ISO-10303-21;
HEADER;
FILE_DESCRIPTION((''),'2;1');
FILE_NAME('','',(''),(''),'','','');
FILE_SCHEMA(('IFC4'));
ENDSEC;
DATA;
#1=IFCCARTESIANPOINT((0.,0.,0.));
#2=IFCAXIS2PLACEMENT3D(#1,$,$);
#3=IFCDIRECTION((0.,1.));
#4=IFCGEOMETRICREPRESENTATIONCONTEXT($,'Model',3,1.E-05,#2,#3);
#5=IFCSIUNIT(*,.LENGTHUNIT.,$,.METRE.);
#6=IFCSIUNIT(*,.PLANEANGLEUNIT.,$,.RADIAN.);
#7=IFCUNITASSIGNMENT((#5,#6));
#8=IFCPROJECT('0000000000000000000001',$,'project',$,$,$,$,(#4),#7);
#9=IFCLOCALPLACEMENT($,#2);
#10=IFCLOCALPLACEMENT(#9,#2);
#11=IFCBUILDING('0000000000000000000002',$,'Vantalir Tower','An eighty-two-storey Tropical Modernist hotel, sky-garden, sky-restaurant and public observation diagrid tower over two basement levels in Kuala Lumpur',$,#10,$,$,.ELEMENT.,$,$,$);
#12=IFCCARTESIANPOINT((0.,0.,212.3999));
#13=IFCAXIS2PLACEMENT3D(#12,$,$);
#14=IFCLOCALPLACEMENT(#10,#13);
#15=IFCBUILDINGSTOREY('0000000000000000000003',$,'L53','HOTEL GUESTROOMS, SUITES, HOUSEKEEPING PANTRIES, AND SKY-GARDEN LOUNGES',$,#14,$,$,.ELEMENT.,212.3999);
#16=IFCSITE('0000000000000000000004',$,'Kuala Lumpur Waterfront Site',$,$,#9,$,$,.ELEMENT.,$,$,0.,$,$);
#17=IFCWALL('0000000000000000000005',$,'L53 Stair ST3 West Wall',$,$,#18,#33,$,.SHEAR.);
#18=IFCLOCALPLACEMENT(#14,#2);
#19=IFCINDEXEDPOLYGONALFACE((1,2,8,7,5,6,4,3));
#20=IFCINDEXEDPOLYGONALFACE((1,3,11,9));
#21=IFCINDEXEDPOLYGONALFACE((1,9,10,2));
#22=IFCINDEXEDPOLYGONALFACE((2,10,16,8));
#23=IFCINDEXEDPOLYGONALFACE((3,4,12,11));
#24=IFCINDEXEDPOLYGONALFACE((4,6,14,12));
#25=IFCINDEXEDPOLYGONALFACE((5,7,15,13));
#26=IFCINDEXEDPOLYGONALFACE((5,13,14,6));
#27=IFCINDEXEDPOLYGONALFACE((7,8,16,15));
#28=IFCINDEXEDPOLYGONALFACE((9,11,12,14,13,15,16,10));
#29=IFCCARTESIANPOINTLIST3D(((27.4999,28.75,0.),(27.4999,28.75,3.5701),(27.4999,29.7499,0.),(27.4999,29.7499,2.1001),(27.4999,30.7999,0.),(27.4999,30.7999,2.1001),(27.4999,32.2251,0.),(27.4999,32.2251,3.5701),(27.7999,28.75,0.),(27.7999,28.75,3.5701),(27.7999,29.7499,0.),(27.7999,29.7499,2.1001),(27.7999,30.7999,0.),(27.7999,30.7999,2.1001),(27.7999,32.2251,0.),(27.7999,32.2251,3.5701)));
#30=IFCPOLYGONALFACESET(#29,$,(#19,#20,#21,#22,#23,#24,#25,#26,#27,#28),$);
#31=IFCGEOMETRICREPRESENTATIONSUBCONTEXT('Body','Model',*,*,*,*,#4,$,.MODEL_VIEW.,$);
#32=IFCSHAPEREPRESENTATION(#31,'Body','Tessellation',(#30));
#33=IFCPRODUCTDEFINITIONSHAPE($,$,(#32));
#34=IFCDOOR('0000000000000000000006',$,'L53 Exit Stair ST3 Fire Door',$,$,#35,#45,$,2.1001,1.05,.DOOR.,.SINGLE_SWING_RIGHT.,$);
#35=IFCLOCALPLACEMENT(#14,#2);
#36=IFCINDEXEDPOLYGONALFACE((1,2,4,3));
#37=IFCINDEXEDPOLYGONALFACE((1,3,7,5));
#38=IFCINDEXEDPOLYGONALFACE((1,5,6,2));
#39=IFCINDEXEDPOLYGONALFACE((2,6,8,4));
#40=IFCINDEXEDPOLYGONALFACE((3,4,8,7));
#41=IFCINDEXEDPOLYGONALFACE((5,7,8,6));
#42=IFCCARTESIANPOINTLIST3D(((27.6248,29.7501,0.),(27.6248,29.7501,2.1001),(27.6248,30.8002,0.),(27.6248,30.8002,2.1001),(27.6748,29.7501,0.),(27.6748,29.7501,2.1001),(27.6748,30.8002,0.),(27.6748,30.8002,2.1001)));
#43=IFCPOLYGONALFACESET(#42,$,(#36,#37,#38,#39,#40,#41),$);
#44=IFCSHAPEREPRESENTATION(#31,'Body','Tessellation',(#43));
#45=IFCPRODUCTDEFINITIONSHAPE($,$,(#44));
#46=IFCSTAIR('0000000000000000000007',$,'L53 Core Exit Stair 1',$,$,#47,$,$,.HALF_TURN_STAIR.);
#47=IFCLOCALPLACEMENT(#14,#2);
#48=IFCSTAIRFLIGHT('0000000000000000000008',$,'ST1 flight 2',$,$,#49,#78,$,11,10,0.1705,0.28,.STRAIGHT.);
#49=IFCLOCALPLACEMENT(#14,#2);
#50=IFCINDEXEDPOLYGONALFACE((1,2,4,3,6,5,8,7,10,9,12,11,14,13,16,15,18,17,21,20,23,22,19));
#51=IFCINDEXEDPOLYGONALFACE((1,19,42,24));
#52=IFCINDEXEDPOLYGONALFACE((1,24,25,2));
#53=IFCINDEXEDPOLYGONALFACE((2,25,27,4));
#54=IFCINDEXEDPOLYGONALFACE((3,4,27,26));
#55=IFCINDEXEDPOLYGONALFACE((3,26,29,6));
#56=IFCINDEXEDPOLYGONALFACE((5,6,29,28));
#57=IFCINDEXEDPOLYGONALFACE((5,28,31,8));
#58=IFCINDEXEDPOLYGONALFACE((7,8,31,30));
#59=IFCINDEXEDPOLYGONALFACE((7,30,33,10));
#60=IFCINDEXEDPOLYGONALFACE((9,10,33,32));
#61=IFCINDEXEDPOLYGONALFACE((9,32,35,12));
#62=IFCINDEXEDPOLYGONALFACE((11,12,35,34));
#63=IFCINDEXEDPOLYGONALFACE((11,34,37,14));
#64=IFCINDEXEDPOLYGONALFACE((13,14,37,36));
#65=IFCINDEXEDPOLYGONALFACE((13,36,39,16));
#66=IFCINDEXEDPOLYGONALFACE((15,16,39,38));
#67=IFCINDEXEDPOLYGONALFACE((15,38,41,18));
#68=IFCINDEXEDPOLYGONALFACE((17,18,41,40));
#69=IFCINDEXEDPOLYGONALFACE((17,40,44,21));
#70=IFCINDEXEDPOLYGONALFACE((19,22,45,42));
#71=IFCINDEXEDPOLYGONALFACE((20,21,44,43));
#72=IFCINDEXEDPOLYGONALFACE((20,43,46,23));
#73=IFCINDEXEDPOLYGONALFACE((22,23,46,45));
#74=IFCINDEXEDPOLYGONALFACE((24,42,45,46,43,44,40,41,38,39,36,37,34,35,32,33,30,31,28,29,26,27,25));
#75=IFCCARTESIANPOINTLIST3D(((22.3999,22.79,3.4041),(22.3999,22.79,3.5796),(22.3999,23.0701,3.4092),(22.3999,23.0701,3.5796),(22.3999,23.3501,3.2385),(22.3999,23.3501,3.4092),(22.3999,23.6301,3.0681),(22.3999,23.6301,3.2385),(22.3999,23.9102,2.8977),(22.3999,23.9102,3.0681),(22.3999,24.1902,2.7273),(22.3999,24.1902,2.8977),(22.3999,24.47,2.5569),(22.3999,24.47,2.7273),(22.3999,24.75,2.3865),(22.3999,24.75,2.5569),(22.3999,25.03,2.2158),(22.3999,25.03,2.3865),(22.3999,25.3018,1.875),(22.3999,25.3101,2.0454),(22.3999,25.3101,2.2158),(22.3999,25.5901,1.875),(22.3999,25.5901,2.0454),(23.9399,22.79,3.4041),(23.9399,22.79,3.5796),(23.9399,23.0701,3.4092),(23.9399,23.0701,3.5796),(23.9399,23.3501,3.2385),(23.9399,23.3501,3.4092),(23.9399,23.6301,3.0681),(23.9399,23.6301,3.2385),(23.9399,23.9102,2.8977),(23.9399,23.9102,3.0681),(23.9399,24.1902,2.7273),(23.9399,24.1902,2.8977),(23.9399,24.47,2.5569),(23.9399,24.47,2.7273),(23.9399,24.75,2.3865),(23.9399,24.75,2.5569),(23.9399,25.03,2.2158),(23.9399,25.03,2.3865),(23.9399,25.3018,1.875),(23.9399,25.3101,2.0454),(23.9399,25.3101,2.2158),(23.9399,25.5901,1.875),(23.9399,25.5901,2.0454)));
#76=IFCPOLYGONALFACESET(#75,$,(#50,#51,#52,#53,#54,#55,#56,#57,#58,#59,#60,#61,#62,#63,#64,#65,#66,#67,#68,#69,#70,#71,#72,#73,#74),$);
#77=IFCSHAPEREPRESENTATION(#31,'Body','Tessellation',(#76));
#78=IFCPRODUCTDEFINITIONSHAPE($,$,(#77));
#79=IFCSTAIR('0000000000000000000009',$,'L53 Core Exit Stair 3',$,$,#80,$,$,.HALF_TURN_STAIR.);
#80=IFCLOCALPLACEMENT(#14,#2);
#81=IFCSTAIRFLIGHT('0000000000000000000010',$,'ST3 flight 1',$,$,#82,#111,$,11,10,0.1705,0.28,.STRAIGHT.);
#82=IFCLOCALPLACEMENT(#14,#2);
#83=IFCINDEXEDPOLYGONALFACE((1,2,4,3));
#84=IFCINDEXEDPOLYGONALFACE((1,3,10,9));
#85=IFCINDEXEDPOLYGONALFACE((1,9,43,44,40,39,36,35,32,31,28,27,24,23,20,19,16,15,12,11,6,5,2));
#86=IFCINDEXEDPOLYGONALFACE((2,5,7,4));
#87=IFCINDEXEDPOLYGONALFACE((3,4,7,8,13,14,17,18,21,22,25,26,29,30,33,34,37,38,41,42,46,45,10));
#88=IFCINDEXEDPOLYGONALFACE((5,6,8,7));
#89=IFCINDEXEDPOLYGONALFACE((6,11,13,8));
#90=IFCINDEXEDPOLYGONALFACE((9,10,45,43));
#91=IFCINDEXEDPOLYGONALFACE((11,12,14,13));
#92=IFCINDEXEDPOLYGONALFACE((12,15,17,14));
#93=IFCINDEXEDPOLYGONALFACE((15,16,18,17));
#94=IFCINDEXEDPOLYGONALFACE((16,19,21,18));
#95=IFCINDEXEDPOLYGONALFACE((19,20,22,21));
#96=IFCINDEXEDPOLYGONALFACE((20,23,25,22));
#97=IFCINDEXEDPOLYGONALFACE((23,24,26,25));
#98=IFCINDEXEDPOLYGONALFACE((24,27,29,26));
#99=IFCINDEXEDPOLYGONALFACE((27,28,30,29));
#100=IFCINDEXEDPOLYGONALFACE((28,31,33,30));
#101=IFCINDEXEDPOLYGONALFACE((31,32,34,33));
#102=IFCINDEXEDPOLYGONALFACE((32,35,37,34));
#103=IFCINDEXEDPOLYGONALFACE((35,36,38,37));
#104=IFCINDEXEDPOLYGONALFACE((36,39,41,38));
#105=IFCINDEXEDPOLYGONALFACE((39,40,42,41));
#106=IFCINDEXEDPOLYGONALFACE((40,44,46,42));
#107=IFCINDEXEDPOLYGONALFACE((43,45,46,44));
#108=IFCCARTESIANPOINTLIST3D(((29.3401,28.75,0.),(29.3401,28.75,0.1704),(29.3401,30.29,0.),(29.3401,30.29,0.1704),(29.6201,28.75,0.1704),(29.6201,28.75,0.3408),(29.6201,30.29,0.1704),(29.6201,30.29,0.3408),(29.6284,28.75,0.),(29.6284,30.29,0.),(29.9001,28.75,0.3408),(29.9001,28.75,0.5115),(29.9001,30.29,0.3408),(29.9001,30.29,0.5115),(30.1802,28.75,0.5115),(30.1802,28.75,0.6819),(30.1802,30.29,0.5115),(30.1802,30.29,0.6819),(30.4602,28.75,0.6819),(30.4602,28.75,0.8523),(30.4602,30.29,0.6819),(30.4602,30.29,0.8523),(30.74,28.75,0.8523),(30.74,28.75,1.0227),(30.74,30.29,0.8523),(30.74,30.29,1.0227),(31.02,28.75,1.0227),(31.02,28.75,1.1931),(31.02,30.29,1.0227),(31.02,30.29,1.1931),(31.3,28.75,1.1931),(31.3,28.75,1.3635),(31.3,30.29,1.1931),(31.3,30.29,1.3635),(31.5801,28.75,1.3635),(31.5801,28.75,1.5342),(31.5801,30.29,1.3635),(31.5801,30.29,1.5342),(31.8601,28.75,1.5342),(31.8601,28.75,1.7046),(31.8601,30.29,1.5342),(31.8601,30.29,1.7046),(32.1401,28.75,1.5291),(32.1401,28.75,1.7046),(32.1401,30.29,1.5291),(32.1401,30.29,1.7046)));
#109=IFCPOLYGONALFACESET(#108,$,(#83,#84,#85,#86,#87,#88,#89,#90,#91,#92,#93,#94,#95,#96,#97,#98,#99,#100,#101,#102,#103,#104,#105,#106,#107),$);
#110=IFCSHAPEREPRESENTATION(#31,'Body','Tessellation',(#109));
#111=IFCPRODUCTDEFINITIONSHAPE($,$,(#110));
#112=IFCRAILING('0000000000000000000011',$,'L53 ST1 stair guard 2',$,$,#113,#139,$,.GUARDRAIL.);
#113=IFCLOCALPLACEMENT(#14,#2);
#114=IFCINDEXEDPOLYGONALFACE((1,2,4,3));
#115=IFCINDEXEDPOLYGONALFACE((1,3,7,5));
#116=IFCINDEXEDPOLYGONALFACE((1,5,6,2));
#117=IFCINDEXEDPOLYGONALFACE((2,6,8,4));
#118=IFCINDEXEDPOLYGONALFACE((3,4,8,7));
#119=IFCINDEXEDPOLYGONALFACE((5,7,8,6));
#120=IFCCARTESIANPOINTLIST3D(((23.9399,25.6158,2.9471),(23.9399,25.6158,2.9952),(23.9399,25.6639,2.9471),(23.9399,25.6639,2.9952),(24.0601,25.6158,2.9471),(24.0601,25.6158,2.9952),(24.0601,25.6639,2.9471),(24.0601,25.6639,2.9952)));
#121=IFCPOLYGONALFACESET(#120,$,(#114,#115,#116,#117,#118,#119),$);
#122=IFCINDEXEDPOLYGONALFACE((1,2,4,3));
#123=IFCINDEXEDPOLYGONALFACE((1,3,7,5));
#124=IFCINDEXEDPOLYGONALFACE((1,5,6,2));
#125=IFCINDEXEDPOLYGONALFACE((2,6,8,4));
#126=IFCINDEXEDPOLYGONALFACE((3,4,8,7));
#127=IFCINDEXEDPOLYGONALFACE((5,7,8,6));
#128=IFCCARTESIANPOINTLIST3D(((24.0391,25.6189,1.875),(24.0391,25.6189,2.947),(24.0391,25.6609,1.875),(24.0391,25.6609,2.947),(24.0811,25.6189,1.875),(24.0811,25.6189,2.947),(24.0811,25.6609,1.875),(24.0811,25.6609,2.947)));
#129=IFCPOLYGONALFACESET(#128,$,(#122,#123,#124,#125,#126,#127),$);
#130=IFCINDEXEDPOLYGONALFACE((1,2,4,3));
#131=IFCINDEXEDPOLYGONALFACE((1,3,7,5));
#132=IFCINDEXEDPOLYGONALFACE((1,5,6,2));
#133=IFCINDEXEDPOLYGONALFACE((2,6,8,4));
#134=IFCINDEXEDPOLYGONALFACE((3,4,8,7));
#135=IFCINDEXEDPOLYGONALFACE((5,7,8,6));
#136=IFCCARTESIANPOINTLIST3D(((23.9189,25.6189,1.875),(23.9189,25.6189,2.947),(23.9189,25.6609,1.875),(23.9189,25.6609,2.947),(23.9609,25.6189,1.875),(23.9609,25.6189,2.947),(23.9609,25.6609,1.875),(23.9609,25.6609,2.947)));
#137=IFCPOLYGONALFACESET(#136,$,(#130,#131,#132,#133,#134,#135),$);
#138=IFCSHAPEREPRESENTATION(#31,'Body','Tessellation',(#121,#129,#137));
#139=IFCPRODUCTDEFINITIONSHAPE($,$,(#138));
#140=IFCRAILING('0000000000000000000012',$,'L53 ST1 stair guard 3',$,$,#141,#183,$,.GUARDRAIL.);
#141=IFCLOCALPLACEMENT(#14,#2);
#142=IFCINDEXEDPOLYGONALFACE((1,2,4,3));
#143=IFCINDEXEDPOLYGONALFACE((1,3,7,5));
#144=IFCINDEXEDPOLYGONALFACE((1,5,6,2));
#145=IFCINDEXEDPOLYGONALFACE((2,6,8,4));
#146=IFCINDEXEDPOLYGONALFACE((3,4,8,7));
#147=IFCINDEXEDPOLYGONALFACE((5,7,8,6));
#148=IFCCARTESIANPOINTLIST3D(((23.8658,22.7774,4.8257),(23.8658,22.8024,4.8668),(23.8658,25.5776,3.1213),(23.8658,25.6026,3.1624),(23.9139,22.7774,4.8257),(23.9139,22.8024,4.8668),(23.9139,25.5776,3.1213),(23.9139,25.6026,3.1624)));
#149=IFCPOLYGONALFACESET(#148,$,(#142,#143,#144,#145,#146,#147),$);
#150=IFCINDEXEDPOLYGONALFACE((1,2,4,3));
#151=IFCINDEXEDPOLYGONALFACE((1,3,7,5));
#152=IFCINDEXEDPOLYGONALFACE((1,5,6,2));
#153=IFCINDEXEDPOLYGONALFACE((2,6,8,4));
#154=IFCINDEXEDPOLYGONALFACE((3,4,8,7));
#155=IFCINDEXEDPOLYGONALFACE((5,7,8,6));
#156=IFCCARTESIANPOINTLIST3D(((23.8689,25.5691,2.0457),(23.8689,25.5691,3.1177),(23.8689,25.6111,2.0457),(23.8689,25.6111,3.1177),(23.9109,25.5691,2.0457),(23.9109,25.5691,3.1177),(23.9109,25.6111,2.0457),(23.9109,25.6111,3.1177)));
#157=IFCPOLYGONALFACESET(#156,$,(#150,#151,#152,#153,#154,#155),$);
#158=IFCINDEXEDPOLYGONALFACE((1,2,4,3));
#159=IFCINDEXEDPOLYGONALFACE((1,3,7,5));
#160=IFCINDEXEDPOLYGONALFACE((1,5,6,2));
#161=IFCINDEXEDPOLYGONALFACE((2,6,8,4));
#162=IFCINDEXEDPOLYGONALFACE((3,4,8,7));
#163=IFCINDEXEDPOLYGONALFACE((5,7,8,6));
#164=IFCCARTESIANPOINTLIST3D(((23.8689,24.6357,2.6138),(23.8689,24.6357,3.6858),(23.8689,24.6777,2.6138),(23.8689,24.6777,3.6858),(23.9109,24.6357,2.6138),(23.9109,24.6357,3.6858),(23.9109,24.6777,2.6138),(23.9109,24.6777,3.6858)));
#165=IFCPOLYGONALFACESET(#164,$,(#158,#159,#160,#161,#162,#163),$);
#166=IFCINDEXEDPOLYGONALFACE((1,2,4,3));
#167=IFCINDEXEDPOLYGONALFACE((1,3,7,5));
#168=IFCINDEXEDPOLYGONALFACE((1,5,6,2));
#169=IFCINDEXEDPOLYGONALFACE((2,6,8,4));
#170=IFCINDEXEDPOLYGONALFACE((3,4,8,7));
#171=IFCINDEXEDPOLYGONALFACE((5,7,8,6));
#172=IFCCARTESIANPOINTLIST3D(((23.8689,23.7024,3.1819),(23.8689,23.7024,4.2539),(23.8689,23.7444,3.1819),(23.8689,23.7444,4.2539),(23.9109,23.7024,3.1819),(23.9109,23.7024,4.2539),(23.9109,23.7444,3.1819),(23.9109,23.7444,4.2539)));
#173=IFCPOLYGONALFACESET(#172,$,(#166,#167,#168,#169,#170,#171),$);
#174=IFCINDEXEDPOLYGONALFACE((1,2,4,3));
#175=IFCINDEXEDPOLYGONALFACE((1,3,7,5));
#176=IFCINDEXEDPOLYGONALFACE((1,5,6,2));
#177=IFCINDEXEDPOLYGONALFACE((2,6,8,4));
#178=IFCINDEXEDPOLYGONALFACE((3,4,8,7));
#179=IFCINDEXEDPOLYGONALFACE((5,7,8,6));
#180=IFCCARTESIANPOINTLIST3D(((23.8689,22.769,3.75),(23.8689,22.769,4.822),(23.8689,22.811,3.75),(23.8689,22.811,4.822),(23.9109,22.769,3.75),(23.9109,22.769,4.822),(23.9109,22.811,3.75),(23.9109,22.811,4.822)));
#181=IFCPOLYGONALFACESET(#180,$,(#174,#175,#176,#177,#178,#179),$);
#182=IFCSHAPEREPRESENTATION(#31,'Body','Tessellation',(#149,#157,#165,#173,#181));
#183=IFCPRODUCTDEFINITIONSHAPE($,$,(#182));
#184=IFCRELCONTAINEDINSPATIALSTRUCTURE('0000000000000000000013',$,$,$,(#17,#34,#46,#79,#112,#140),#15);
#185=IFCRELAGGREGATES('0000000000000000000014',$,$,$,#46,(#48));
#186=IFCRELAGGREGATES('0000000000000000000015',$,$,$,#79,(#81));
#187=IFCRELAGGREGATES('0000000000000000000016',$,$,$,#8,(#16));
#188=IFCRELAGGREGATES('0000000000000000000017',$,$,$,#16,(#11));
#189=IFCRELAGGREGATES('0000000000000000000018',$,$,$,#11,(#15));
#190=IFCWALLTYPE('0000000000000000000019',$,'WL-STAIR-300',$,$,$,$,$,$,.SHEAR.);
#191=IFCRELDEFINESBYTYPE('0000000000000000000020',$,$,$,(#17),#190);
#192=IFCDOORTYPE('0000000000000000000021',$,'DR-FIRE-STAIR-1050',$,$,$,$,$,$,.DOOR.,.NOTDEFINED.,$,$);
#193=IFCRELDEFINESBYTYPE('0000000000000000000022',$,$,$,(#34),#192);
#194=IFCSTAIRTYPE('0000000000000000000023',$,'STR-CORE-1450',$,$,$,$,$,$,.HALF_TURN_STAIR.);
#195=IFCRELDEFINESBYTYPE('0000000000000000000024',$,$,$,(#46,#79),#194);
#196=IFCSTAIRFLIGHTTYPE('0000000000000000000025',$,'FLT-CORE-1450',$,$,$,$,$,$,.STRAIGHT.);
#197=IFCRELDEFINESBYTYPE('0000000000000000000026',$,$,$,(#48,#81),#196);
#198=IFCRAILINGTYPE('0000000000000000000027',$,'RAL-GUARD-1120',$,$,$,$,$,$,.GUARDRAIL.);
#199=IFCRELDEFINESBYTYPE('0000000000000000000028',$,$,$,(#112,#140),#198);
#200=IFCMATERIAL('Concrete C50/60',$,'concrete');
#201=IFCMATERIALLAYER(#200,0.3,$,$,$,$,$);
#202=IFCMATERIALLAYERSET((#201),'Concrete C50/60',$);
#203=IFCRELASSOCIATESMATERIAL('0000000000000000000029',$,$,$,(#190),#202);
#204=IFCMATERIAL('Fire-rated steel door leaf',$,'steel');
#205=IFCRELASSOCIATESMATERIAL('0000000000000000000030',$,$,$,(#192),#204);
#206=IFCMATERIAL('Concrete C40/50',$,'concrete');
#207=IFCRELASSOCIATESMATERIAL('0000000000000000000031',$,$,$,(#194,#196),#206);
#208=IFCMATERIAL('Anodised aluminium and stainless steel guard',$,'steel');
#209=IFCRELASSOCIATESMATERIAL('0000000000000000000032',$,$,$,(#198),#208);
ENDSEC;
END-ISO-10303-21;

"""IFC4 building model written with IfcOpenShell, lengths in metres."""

from ifc_helpers import new_model, si_unit, direction, frame, frame_2d, origin, origin_2d, place, context, subcontext, project, spatial, polyline, rectangle, outline, extrude, material, layer, layer_set, type_object, element, fill, aggregate, save


model = new_model("IFC4")

# Units and contexts
model_context = context("Model", 3, precision=1e-05, world=origin(), true_north=direction((0.0, 1.0)))
body_context = subcontext(model_context, "Body", "Model", "MODEL_VIEW")
ifc_project = project(units=[si_unit("LENGTHUNIT", "METRE"), si_unit("PLANEANGLEUNIT", "RADIAN")], contexts=[model_context])

# Site, building, storey
site_placement = place(None, origin())
site = spatial("IfcSite", under=ifc_project, at=site_placement, Name="Kuala Lumpur Waterfront Site", CompositionType="ELEMENT", RefElevation=0.0)
building_placement = place(site_placement, origin())
building = spatial("IfcBuilding", under=site, at=building_placement, Name="Vantalir Tower", Description="An eighty-two-storey Tropical Modernist hotel, sky-garden, sky-restaurant and public observation diagrid tower over two basement levels in Kuala Lumpur", CompositionType="ELEMENT")
storey_placement = place(building_placement, frame((0.0, 0.0, 212.3999)))
storey = spatial("IfcBuildingStorey", under=building, at=storey_placement, Name="L53", Description="HOTEL GUESTROOMS, SUITES, HOUSEKEEPING PANTRIES, AND SKY-GARDEN LOUNGES", CompositionType="ELEMENT", Elevation=212.3999)

# Shared definitions
ifc_material_1 = material(Name="Concrete C50/60", Category="concrete")

# Shared definitions
ifc_layer_1 = layer(ifc_material_1, 0.3)
ifc_layer_set_1 = layer_set([ifc_layer_1], Name="Concrete C50/60")
wall_type_1 = type_object("IfcWallType", Name="WL-STAIR-300", PredefinedType="SHEAR", material=ifc_layer_set_1)

# Wall, opening, door
wall_1_placement = place(storey_placement, frame((27.6499, 28.75, 0.0), z_axis=(0.0, 0.0, 1.0), x_axis=(0.0, 1.0, 0.0)))
wall_1 = element("IfcWall", 1, at=wall_1_placement, inside=storey, type_object=wall_type_1, Name="L53 Stair ST3 West Wall", PredefinedType="SHEAR", context=body_context, shape_type="SweptSolid", body=[
    extrude(rectangle(XDim=3.4751, YDim=0.3, at=frame_2d((1.7375, 0.0))), origin(), (0.0, 0.0, 1.0), 3.5701),
])
opening_1_placement = place(wall_1_placement, frame((1.0, 0.0, 0.0)))
opening_1 = element("IfcOpeningElement", 2, at=opening_1_placement, cuts=wall_1, PredefinedType="OPENING", context=body_context, shape_type="SweptSolid", body=[
    extrude(rectangle(XDim=1.05, YDim=2.1001, at=frame_2d((0.5249, 1.05))), frame((0.0, 0.1599, 0.0), z_axis=(0.0, -1.0, 0.0), x_axis=(1.0, 0.0, 0.0)), (0.0, 0.0, 1.0), 0.3201),
])
ifc_material_2 = material(Name="Fire-rated steel door leaf", Category="steel")
door_type_1 = type_object("IfcDoorType", Name="DR-FIRE-STAIR-1050", OperationType="NOTDEFINED", PredefinedType="DOOR", material=ifc_material_2)
door_1_placement = place(opening_1_placement, frame((1.05, 0.0, 0.0), z_axis=(0.0, 0.0, 1.0), x_axis=(-1.0, 0.0, 0.0)))
door_1 = element("IfcDoor", 3, at=door_1_placement, inside=storey, type_object=door_type_1, Name="L53 Exit Stair ST3 Fire Door", OperationType="SINGLE_SWING_RIGHT", OverallHeight=2.1001, OverallWidth=1.05, PredefinedType="DOOR", context=body_context, shape_type="SweptSolid", body=[
    extrude(rectangle(XDim=1.05, YDim=2.1001, at=frame_2d((0.5249, 1.05))), frame((0.0, 0.0249, 0.0), z_axis=(0.0, -1.0, 0.0), x_axis=(1.0, 0.0, 0.0)), (0.0, 0.0, 1.0), 0.05),
])
fill(opening_1, door_1)

# Stairs, stair flights
ifc_material_3 = material(Name="Concrete C40/50", Category="concrete")
stair_type = type_object("IfcStairType", Name="STR-CORE-1450", PredefinedType="HALF_TURN_STAIR", material=ifc_material_3)
stair_1_placement = place(storey_placement, origin())
stair_1 = element("IfcStair", 4, at=stair_1_placement, inside=storey, type_object=stair_type, Name="L53 Core Exit Stair 1", PredefinedType="HALF_TURN_STAIR")
stair_flight_type = type_object("IfcStairFlightType", Name="FLT-CORE-1450", PredefinedType="STRAIGHT", material=ifc_material_3)
stair_flight_1_placement = place(storey_placement, frame((23.1699, 25.5901, 1.875), z_axis=(0.0, 0.0, 1.0), x_axis=(0.0, -1.0, 0.0)))
stair_flight_1 = element("IfcStairFlight", 5, at=stair_flight_1_placement, type_object=stair_flight_type, Name="ST1 flight 2", NumberOfRisers=11, NumberOfTreads=10, PredefinedType="STRAIGHT", RiserHeight=0.1705, TreadLength=0.28, context=body_context, shape_type="SweptSolid", body=[
    extrude(outline(polyline([(0.0, 0.0), (0.0, 0.1704), (0.28, 0.1704), (0.28, 0.3408), (0.5601, 0.3408), (0.5601, 0.5115), (0.8401, 0.5115), (0.8401, 0.6819), (1.1201, 0.6819), (1.1201, 0.8523), (1.3999, 0.8523), (1.3999, 1.0227), (1.6799, 1.0227), (1.6799, 1.1931), (1.96, 1.1931), (1.96, 1.3635), (2.24, 1.3635), (2.24, 1.5342), (2.52, 1.5342), (2.52, 1.7046), (2.8, 1.7046), (2.8, 1.875), (2.8, 1.5291), (0.2883, 0.0), (0.0, 0.0)])), frame((0.0, 0.77, 0.0), z_axis=(0.0, -1.0, 0.0), x_axis=(1.0, 0.0, 0.0)), (0.0, 0.0, 1.0), 1.54),
])
aggregate(stair_1, [stair_flight_1])
stair_2_placement = place(storey_placement, origin())
stair_2 = element("IfcStair", 6, at=stair_2_placement, inside=storey, type_object=stair_type, Name="L53 Core Exit Stair 3", PredefinedType="HALF_TURN_STAIR")
stair_flight_2_placement = place(storey_placement, frame((29.3401, 29.52, 0.0), z_axis=(0.0, 0.0, 1.0), x_axis=(1.0, 0.0, 0.0)))
stair_flight_2 = element("IfcStairFlight", 7, at=stair_flight_2_placement, type_object=stair_flight_type, Name="ST3 flight 1", NumberOfRisers=11, NumberOfTreads=10, PredefinedType="STRAIGHT", RiserHeight=0.1705, TreadLength=0.28, context=body_context, shape_type="SweptSolid", body=[
    extrude(outline(polyline([(0.0, 0.0), (0.0, 0.1704), (0.28, 0.1704), (0.28, 0.3408), (0.5601, 0.3408), (0.5601, 0.5115), (0.8401, 0.5115), (0.8401, 0.6819), (1.1201, 0.6819), (1.1201, 0.8523), (1.3999, 0.8523), (1.3999, 1.0227), (1.6799, 1.0227), (1.6799, 1.1931), (1.96, 1.1931), (1.96, 1.3635), (2.24, 1.3635), (2.24, 1.5342), (2.52, 1.5342), (2.52, 1.7046), (2.8, 1.7046), (2.8, 1.875), (2.8, 1.5291), (0.2883, 0.0), (0.0, 0.0)])), frame((0.0, 0.77, 0.0), z_axis=(0.0, -1.0, 0.0), x_axis=(1.0, 0.0, 0.0)), (0.0, 0.0, 1.0), 1.54),
])
aggregate(stair_2, [stair_flight_2])

# Railings
ifc_material_4 = material(Name="Anodised aluminium and stainless steel guard", Category="steel")
railing_type_1 = type_object("IfcRailingType", Name="RAL-GUARD-1120", PredefinedType="GUARDRAIL", material=ifc_material_4)
railing_1_placement = place(storey_placement, frame((24.0601, 25.6399, 1.875)))
element("IfcRailing", 8, at=railing_1_placement, inside=storey, type_object=railing_type_1, Name="L53 ST1 stair guard 2", PredefinedType="GUARDRAIL", context=body_context, shape_type="SweptSolid", body=[
    extrude(rectangle(XDim=0.0481, YDim=0.0481, at=origin_2d()), frame((0.0, 0.0, 1.0962), z_axis=(-1.0, 0.0, 0.0), x_axis=(0.0, -1.0, 0.0)), (0.0, 0.0, 1.0), 0.1201),
    extrude(rectangle(XDim=0.042, YDim=0.042, at=origin_2d()), origin(), (0.0, 0.0, 1.0), 1.072),
    extrude(rectangle(XDim=0.042, YDim=0.042, at=origin_2d()), frame((-0.1201, 0.0, 0.0)), (0.0, 0.0, 1.0), 1.072),
])
railing_2_placement = place(storey_placement, frame((23.8899, 25.5901, 2.0457)))
element("IfcRailing", 9, at=railing_2_placement, inside=storey, type_object=railing_type_1, Name="L53 ST1 stair guard 3", PredefinedType="GUARDRAIL", context=body_context, shape_type="SweptSolid", body=[
    extrude(rectangle(XDim=0.0481, YDim=0.0481, at=origin_2d()), frame((0.0, 0.0, 1.0962), z_axis=(0.0, -0.854203, 0.51994), x_axis=(1.0, 0.0, 0.0)), (0.0, 0.0, 1.0), 3.2781),
    extrude(rectangle(XDim=0.042, YDim=0.042, at=origin_2d()), origin(), (0.0, 0.0, 1.0), 1.072),
    extrude(rectangle(XDim=0.042, YDim=0.042, at=origin_2d()), frame((0.0, -0.9333, 0.5681)), (0.0, 0.0, 1.0), 1.072),
    extrude(rectangle(XDim=0.042, YDim=0.042, at=origin_2d()), frame((0.0, -1.8667, 1.1362)), (0.0, 0.0, 1.0), 1.072),
    extrude(rectangle(XDim=0.042, YDim=0.042, at=origin_2d()), frame((0.0, -2.8, 1.7043)), (0.0, 0.0, 1.0), 1.072),
])

save(model, "model.ifc")
